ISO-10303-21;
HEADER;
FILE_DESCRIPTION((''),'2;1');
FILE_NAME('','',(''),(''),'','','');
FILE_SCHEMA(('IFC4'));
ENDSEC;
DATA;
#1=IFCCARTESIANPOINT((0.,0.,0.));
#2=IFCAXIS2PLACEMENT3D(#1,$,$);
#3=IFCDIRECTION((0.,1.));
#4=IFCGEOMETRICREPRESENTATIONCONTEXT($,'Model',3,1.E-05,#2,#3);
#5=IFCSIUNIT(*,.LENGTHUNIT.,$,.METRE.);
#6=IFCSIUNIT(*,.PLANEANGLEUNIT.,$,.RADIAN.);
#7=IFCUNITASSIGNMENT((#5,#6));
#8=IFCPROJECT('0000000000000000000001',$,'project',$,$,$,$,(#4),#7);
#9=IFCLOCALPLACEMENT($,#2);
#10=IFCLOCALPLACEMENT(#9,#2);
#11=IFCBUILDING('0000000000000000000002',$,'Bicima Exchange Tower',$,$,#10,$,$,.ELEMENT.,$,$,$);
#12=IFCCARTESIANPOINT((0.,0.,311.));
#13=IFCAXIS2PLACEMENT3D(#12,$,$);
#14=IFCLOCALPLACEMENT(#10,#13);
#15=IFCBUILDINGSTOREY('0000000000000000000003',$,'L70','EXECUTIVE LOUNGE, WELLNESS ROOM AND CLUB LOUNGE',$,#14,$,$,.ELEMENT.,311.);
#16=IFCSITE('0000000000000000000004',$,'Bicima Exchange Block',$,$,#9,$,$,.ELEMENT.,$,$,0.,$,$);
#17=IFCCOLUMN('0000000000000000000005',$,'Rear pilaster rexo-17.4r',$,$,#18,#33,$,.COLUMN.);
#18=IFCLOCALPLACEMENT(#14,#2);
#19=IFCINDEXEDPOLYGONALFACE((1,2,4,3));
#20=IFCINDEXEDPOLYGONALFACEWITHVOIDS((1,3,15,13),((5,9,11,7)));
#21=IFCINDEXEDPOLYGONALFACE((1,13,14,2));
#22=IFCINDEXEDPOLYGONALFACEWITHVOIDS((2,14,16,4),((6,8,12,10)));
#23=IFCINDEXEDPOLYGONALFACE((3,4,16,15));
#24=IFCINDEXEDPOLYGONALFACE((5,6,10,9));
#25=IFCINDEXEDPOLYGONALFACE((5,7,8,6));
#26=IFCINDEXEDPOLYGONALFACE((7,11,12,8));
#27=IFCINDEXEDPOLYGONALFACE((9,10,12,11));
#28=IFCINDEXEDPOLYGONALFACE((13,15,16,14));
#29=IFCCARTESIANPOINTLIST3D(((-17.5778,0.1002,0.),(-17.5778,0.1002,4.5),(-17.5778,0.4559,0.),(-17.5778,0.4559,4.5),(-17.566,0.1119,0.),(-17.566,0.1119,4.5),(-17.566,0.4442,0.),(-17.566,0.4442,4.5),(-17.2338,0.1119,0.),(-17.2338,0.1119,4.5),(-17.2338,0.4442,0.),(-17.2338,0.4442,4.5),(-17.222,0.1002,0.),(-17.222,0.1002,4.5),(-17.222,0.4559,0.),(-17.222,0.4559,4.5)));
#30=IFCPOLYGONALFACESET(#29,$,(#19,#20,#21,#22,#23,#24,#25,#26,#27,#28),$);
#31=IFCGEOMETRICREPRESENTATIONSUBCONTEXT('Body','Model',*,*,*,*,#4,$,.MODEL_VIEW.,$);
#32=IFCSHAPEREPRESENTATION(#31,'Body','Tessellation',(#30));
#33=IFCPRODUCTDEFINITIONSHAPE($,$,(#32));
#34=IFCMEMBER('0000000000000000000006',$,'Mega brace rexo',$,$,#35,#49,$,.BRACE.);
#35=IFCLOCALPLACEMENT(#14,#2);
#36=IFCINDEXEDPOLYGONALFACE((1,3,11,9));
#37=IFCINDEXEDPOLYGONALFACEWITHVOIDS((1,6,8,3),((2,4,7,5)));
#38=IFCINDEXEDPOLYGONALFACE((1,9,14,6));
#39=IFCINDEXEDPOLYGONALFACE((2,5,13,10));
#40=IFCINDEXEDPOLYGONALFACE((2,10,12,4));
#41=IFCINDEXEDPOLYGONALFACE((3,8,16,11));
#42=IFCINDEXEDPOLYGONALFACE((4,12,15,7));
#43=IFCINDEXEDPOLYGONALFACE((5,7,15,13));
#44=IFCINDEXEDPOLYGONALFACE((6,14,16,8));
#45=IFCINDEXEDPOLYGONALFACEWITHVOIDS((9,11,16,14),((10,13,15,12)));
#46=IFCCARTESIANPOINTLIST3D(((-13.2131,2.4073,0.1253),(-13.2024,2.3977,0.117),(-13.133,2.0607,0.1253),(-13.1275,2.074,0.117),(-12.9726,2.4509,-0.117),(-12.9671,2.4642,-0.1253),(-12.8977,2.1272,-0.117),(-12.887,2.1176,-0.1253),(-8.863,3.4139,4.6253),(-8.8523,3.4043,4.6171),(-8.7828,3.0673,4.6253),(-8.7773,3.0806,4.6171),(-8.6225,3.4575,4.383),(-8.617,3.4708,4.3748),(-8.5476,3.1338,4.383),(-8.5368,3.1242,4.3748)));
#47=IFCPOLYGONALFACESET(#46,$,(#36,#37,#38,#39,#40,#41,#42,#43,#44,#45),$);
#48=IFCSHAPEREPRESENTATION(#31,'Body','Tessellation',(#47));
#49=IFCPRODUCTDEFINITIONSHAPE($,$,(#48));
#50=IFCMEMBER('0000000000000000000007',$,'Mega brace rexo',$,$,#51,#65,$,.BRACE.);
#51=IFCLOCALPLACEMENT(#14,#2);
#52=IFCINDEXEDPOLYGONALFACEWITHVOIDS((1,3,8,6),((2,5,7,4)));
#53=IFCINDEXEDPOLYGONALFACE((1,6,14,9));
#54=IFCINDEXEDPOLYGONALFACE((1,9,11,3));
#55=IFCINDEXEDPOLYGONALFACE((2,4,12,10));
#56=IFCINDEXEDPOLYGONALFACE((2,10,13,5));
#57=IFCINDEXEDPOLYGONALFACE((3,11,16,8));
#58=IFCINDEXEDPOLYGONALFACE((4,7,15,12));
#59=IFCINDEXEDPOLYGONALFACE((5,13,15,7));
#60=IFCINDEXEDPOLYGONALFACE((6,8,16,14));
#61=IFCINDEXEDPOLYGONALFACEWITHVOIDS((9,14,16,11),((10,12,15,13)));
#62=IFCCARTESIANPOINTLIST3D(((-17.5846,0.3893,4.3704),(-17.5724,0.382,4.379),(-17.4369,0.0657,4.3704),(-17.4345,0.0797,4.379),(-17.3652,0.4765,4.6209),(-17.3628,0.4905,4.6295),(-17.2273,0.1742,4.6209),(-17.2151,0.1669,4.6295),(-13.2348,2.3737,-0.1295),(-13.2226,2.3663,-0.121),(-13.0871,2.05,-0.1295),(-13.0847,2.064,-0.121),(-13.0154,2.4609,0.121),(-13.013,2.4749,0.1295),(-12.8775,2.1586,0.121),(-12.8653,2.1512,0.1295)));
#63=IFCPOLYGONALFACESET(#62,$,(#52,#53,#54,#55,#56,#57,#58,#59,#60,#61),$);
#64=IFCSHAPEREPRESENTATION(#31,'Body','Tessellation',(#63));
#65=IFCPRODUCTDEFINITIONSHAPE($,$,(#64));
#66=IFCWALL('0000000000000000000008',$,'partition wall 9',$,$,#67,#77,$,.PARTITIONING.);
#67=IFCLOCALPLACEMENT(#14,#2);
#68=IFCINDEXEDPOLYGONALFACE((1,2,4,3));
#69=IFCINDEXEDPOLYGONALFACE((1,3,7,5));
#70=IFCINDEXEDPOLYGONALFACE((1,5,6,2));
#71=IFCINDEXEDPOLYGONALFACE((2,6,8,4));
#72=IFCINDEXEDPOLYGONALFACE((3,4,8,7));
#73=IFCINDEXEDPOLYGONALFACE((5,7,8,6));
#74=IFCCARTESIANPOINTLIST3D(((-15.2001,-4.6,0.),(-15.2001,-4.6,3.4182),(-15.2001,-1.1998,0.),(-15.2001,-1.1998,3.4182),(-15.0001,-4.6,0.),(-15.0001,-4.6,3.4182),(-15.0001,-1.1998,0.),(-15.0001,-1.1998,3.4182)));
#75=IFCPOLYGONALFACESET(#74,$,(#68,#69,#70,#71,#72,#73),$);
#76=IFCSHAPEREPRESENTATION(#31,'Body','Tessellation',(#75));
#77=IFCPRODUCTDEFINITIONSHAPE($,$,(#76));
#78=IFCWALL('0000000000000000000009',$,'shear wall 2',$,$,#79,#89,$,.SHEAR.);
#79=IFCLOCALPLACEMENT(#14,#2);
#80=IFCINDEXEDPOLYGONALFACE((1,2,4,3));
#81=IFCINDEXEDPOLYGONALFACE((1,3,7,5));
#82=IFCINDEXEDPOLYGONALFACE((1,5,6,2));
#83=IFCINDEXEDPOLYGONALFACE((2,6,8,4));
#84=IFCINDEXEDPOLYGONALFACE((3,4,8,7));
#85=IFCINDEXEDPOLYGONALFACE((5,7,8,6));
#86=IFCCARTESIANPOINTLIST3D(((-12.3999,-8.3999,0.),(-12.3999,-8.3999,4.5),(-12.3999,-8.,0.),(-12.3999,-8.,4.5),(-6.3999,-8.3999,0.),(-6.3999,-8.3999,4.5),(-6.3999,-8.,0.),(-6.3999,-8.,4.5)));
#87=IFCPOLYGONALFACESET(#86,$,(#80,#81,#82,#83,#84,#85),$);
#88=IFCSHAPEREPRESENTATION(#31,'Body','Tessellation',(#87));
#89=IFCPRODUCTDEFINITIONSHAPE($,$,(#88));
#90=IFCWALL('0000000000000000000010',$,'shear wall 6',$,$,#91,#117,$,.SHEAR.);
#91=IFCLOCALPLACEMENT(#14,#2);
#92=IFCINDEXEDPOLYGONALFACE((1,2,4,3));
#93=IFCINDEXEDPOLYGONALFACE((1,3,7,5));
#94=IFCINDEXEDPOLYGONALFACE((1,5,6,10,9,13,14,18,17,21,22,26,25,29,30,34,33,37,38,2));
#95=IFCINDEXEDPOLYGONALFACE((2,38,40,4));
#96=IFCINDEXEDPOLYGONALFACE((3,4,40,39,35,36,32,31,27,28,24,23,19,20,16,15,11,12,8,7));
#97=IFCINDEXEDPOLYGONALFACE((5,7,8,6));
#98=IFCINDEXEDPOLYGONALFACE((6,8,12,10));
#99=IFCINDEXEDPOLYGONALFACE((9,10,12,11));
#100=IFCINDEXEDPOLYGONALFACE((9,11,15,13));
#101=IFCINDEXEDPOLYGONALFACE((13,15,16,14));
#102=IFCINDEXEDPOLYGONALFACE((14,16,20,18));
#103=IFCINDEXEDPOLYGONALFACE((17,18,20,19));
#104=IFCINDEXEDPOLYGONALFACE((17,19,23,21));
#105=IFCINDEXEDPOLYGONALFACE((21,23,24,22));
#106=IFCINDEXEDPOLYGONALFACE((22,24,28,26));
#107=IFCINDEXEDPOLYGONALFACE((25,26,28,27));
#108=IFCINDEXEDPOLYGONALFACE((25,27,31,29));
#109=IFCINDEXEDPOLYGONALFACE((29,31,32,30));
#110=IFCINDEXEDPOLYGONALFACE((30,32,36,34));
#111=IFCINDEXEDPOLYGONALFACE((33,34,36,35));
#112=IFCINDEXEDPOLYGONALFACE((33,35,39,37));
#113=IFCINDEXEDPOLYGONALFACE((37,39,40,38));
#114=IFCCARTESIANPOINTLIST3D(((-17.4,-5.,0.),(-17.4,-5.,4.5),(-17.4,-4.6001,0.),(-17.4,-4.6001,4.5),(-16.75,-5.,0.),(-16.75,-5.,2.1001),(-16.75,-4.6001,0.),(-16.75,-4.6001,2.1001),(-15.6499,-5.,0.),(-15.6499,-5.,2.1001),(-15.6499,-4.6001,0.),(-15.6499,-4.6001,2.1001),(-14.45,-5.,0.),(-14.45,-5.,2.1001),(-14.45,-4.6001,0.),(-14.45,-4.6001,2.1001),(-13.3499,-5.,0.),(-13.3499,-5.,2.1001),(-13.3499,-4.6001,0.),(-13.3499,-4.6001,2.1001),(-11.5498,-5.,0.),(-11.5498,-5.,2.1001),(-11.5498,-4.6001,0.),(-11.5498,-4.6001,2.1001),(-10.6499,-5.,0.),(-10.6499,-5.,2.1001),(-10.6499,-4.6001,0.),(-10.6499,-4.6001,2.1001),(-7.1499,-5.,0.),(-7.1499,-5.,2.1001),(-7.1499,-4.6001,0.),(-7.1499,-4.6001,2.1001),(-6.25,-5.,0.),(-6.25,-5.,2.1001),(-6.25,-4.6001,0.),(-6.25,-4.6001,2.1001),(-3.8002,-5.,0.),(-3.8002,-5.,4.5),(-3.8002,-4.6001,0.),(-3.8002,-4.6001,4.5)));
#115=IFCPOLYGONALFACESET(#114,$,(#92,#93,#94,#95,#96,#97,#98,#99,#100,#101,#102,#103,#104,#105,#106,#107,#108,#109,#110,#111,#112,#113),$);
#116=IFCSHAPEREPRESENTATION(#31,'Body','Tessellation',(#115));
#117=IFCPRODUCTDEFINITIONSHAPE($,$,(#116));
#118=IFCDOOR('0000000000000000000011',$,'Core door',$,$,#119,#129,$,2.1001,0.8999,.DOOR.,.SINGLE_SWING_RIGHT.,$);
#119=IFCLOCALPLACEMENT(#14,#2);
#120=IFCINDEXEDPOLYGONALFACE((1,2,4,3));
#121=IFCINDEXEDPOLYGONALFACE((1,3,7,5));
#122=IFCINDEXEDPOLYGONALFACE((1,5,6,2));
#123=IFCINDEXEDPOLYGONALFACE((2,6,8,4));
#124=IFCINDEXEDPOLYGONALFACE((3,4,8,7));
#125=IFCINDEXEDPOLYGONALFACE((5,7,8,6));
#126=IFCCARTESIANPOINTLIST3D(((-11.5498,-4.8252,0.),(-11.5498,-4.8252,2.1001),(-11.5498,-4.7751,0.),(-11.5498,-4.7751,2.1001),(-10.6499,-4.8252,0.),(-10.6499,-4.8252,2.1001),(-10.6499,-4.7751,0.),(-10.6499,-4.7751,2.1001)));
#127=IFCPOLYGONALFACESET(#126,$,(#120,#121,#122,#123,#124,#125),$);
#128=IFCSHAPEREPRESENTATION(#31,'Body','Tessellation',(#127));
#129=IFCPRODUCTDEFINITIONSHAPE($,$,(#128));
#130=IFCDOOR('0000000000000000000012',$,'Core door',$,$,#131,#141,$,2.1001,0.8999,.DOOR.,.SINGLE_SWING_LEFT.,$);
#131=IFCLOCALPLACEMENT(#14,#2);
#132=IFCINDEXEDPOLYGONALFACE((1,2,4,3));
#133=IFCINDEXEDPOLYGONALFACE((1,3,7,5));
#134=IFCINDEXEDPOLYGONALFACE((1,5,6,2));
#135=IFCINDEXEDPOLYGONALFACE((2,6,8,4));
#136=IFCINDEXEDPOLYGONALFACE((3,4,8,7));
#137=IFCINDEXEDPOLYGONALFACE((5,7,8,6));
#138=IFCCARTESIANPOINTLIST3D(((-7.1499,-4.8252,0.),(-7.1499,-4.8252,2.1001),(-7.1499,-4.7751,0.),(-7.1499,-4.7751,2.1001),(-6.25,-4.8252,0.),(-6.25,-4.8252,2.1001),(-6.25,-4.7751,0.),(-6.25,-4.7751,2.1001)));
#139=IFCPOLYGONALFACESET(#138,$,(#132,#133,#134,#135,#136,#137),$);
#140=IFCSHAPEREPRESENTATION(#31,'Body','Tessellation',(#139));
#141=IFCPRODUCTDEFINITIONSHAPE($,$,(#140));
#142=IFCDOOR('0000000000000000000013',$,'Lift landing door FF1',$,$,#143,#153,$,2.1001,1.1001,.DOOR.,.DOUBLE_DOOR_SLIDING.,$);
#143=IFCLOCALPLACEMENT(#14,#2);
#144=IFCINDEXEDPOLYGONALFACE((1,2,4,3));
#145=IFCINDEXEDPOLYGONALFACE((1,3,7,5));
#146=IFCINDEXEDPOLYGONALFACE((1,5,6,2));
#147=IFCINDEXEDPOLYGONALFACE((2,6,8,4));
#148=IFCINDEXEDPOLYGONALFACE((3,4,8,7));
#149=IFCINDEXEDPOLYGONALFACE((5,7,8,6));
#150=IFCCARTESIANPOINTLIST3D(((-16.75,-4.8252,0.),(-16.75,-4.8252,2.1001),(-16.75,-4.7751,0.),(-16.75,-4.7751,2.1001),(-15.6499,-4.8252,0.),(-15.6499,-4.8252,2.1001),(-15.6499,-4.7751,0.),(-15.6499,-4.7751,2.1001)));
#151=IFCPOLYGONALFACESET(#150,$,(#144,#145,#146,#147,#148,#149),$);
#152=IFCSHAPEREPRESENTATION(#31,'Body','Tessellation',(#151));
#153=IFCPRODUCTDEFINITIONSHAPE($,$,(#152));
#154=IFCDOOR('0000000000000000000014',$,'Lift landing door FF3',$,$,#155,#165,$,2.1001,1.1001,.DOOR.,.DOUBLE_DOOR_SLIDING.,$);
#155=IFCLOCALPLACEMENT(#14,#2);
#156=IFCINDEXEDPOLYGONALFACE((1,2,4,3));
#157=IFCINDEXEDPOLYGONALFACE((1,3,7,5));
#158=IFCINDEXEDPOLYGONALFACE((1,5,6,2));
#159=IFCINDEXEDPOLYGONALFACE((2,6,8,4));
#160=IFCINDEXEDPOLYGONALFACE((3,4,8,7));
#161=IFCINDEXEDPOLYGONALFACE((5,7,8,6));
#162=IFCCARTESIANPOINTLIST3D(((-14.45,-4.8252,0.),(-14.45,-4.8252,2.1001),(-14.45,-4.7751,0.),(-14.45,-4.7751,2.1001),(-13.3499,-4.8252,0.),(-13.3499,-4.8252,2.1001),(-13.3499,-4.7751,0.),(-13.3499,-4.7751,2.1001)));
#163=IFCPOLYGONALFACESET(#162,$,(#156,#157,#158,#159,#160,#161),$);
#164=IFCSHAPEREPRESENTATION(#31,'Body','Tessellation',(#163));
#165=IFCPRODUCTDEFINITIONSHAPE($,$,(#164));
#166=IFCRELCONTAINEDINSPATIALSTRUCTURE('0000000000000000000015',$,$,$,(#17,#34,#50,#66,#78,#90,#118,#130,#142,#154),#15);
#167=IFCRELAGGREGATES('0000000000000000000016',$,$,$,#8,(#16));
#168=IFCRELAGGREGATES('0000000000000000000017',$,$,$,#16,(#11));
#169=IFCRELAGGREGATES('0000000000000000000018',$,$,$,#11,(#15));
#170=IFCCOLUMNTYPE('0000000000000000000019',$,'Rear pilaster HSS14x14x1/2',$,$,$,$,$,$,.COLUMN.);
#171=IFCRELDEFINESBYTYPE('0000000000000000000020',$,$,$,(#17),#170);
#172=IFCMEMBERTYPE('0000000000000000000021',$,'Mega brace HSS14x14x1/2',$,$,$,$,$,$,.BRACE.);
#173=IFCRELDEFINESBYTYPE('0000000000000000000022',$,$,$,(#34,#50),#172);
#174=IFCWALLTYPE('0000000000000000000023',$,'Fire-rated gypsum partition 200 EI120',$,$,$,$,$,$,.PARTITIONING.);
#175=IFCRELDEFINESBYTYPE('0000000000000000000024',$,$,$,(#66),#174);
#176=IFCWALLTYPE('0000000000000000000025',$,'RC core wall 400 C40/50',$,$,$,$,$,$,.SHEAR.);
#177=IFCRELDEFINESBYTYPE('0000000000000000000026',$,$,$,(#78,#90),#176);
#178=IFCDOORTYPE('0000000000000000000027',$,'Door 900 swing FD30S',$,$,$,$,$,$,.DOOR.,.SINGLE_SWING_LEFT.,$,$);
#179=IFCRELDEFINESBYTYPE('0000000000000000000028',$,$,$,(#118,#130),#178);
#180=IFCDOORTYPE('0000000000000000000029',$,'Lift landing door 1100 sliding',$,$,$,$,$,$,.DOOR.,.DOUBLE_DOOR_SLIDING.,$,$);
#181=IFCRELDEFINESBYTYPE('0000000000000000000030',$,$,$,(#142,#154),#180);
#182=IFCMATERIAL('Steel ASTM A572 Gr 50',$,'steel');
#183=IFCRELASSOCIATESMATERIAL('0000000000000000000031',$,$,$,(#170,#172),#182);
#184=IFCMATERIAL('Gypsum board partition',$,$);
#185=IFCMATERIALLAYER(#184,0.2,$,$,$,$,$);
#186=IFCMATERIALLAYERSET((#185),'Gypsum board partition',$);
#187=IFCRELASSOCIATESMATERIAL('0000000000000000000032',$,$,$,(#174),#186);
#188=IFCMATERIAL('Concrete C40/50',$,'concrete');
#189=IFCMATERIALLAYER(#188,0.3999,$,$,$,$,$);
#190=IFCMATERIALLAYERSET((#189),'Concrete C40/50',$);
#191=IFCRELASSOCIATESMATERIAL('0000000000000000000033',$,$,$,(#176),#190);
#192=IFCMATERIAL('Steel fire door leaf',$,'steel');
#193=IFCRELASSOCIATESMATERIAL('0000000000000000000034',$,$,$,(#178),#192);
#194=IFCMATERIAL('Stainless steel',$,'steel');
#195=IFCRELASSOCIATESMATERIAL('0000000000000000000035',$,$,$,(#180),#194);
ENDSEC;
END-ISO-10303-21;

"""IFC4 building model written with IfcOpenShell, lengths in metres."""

from ifc_helpers import new_model, si_unit, direction, frame, frame_2d, origin, origin_2d, place, context, subcontext, project, spatial, rectangle, hollow_rectangle, extrude, material, layer, layer_set, material_profile, profile_set, type_object, element, fill, save


model = new_model("IFC4")

# Units and contexts
model_context = context("Model", 3, precision=1e-05, world=origin(), true_north=direction((0.0, 1.0)))
body_context = subcontext(model_context, "Body", "Model", "MODEL_VIEW")
ifc_project = project(units=[si_unit("LENGTHUNIT", "METRE"), si_unit("PLANEANGLEUNIT", "RADIAN")], contexts=[model_context])

# Site, building, storey
site_placement = place(None, origin())
site = spatial("IfcSite", under=ifc_project, at=site_placement, Name="Bicima Exchange Block", CompositionType="ELEMENT", RefElevation=0.0)
building_placement = place(site_placement, origin())
building = spatial("IfcBuilding", under=site, at=building_placement, Name="Bicima Exchange Tower", CompositionType="ELEMENT")
storey_placement = place(building_placement, frame((0.0, 0.0, 311.0)))
storey = spatial("IfcBuildingStorey", under=building, at=storey_placement, Name="L70", Description="EXECUTIVE LOUNGE, WELLNESS ROOM AND CLUB LOUNGE", CompositionType="ELEMENT", Elevation=311.0)

# Column
ifc_material_1 = material(Name="Steel ASTM A572 Gr 50", Category="steel")
ifc_material_profile = material_profile(ifc_material_1, hollow_rectangle(XDim=0.3557, YDim=0.3557, WallThickness=0.0117, at=origin_2d()))
ifc_profile_set = profile_set([ifc_material_profile], Name="Steel ASTM A572 Gr 50")
column_type = type_object("IfcColumnType", Name="Rear pilaster HSS14x14x1/2", PredefinedType="COLUMN", material=ifc_profile_set)
column_placement = place(storey_placement, frame((-17.3999, 0.2781, 0.0), z_axis=(0.0, 0.0, 1.0), x_axis=(1.0, 0.0, 0.0)))
element("IfcColumn", 1, at=column_placement, inside=storey, type_object=column_type, Name="Rear pilaster rexo-17.4r", PredefinedType="COLUMN", context=body_context, shape_type="SweptSolid", body=[
    extrude(hollow_rectangle(XDim=0.3557, YDim=0.3557, WallThickness=0.0117, at=origin_2d()), origin(), (0.0, 0.0, 1.0), 4.5),
])

# Members
member_type = type_object("IfcMemberType", Name="Mega brace HSS14x14x1/2", PredefinedType="BRACE", material=ifc_profile_set)
member_1_placement = place(storey_placement, frame((-13.05, 2.2625, 0.0), z_axis=(0.686212, 0.158786, 0.709859), x_axis=(-0.225439, 0.974257, 0.0)))
element("IfcMember", 2, at=member_1_placement, inside=storey, type_object=member_type, Name="Mega brace rexo", PredefinedType="BRACE", context=body_context, shape_type="SweptSolid", body=[
    extrude(hollow_rectangle(XDim=0.3557, YDim=0.3557, WallThickness=0.0117, at=origin_2d()), origin(), (0.0, 0.0, 1.0), 6.3394),
])
member_2_placement = place(storey_placement, frame((-13.05, 2.2625, 0.0), z_axis=(-0.662508, -0.302232, 0.685376), x_axis=(0.415045, -0.909801, 0.0)))
element("IfcMember", 3, at=member_2_placement, inside=storey, type_object=member_type, Name="Mega brace rexo", PredefinedType="BRACE", context=body_context, shape_type="SweptSolid", body=[
    extrude(hollow_rectangle(XDim=0.3557, YDim=0.3557, WallThickness=0.0117, at=origin_2d()), origin(), (0.0, 0.0, 1.0), 6.5657),
])

# Walls
ifc_material_2 = material(Name="Gypsum board partition")
ifc_layer_1 = layer(ifc_material_2, 0.2)
ifc_layer_set_1 = layer_set([ifc_layer_1], Name="Gypsum board partition")
wall_type_1 = type_object("IfcWallType", Name="Fire-rated gypsum partition 200 EI120", PredefinedType="PARTITIONING", material=ifc_layer_set_1)
wall_1_placement = place(storey_placement, frame((-15.1001, -4.6001, 0.0), z_axis=(0.0, 0.0, 1.0), x_axis=(0.0, 1.0, 0.0)))
element("IfcWall", 4, at=wall_1_placement, inside=storey, type_object=wall_type_1, Name="partition wall 9", PredefinedType="PARTITIONING", context=body_context, shape_type="SweptSolid", body=[
    extrude(rectangle(XDim=3.4001, YDim=0.2, at=frame_2d((1.7002, 0.0))), origin(), (0.0, 0.0, 1.0), 3.4182),
])
ifc_material_3 = material(Name="Concrete C40/50", Category="concrete")
ifc_layer_2 = layer(ifc_material_3, 0.3999)
ifc_layer_set_2 = layer_set([ifc_layer_2], Name="Concrete C40/50")
wall_type_2 = type_object("IfcWallType", Name="RC core wall 400 C40/50", PredefinedType="SHEAR", material=ifc_layer_set_2)
wall_2_placement = place(storey_placement, frame((-12.3999, -8.2, 0.0), z_axis=(0.0, 0.0, 1.0), x_axis=(1.0, 0.0, 0.0)))
element("IfcWall", 5, at=wall_2_placement, inside=storey, type_object=wall_type_2, Name="shear wall 2", PredefinedType="SHEAR", context=body_context, shape_type="SweptSolid", body=[
    extrude(rectangle(XDim=6.0, YDim=0.3999, at=frame_2d((3.0, 0.0))), origin(), (0.0, 0.0, 1.0), 4.5),
])

# Wall, openings, doors
wall_3_placement = place(storey_placement, frame((-17.3999, -4.8, 0.0), z_axis=(0.0, 0.0, 1.0), x_axis=(1.0, 0.0, 0.0)))
wall_3 = element("IfcWall", 6, at=wall_3_placement, inside=storey, type_object=wall_type_2, Name="shear wall 6", PredefinedType="SHEAR", context=body_context, shape_type="SweptSolid", body=[
    extrude(rectangle(XDim=13.5999, YDim=0.3999, at=frame_2d((6.7998, 0.0))), origin(), (0.0, 0.0, 1.0), 4.5),
])
opening_1_placement = place(wall_3_placement, frame((0.6499, 0.0, 0.0)))
opening_1 = element("IfcOpeningElement", 7, at=opening_1_placement, cuts=wall_3, PredefinedType="OPENING", context=body_context, shape_type="SweptSolid", body=[
    extrude(rectangle(XDim=1.1001, YDim=2.1001, at=frame_2d((0.55, 1.05))), frame((0.0, 0.2119, 0.0), z_axis=(0.0, -1.0, 0.0), x_axis=(1.0, 0.0, 0.0)), (0.0, 0.0, 1.0), 0.4238),
])
opening_2_placement = place(wall_3_placement, frame((2.95, 0.0, 0.0)))
opening_2 = element("IfcOpeningElement", 8, at=opening_2_placement, cuts=wall_3, PredefinedType="OPENING", context=body_context, shape_type="SweptSolid", body=[
    extrude(rectangle(XDim=1.1001, YDim=2.1001, at=frame_2d((0.55, 1.05))), frame((0.0, 0.2119, 0.0), z_axis=(0.0, -1.0, 0.0), x_axis=(1.0, 0.0, 0.0)), (0.0, 0.0, 1.0), 0.4238),
])
opening_3_placement = place(wall_3_placement, frame((5.8501, 0.0, 0.0)))
opening_3 = element("IfcOpeningElement", 9, at=opening_3_placement, cuts=wall_3, PredefinedType="OPENING", context=body_context, shape_type="SweptSolid", body=[
    extrude(rectangle(XDim=0.8999, YDim=2.1001, at=frame_2d((0.45, 1.05))), frame((0.0, 0.2119, 0.0), z_axis=(0.0, -1.0, 0.0), x_axis=(1.0, 0.0, 0.0)), (0.0, 0.0, 1.0), 0.4238),
])
opening_4_placement = place(wall_3_placement, frame((10.25, 0.0, 0.0)))
opening_4 = element("IfcOpeningElement", 10, at=opening_4_placement, cuts=wall_3, PredefinedType="OPENING", context=body_context, shape_type="SweptSolid", body=[
    extrude(rectangle(XDim=0.8999, YDim=2.1001, at=frame_2d((0.45, 1.05))), frame((0.0, 0.2119, 0.0), z_axis=(0.0, -1.0, 0.0), x_axis=(1.0, 0.0, 0.0)), (0.0, 0.0, 1.0), 0.4238),
])
ifc_material_4 = material(Name="Steel fire door leaf", Category="steel")
door_type_1 = type_object("IfcDoorType", Name="Door 900 swing FD30S", OperationType="SINGLE_SWING_LEFT", PredefinedType="DOOR", material=ifc_material_4)
door_1_placement = place(opening_3_placement, origin())
door_1 = element("IfcDoor", 11, at=door_1_placement, inside=storey, type_object=door_type_1, Name="Core door", OperationType="SINGLE_SWING_RIGHT", OverallHeight=2.1001, OverallWidth=0.8999, PredefinedType="DOOR", context=body_context, shape_type="SweptSolid", body=[
    extrude(rectangle(XDim=0.8999, YDim=2.1001, at=frame_2d((0.45, 1.05))), frame((0.0, 0.0249, 0.0), z_axis=(0.0, -1.0, 0.0), x_axis=(1.0, 0.0, 0.0)), (0.0, 0.0, 1.0), 0.05),
])
fill(opening_3, door_1)
door_2_placement = place(opening_4_placement, origin())
door_2 = element("IfcDoor", 12, at=door_2_placement, inside=storey, type_object=door_type_1, Name="Core door", OperationType="SINGLE_SWING_LEFT", OverallHeight=2.1001, OverallWidth=0.8999, PredefinedType="DOOR", context=body_context, shape_type="SweptSolid", body=[
    extrude(rectangle(XDim=0.8999, YDim=2.1001, at=frame_2d((0.45, 1.05))), frame((0.0, 0.0249, 0.0), z_axis=(0.0, -1.0, 0.0), x_axis=(1.0, 0.0, 0.0)), (0.0, 0.0, 1.0), 0.05),
])
fill(opening_4, door_2)
ifc_material_5 = material(Name="Stainless steel", Category="steel")
door_type_2 = type_object("IfcDoorType", Name="Lift landing door 1100 sliding", OperationType="DOUBLE_DOOR_SLIDING", PredefinedType="DOOR", material=ifc_material_5)
door_3_placement = place(opening_1_placement, origin())
door_3 = element("IfcDoor", 13, at=door_3_placement, inside=storey, type_object=door_type_2, Name="Lift landing door FF1", OperationType="DOUBLE_DOOR_SLIDING", OverallHeight=2.1001, OverallWidth=1.1001, PredefinedType="DOOR", context=body_context, shape_type="SweptSolid", body=[
    extrude(rectangle(XDim=1.1001, YDim=2.1001, at=frame_2d((0.55, 1.05))), frame((0.0, 0.0249, 0.0), z_axis=(0.0, -1.0, 0.0), x_axis=(1.0, 0.0, 0.0)), (0.0, 0.0, 1.0), 0.05),
])
fill(opening_1, door_3)
door_4_placement = place(opening_2_placement, origin())
door_4 = element("IfcDoor", 14, at=door_4_placement, inside=storey, type_object=door_type_2, Name="Lift landing door FF3", OperationType="DOUBLE_DOOR_SLIDING", OverallHeight=2.1001, OverallWidth=1.1001, PredefinedType="DOOR", context=body_context, shape_type="SweptSolid", body=[
    extrude(rectangle(XDim=1.1001, YDim=2.1001, at=frame_2d((0.55, 1.05))), frame((0.0, 0.0249, 0.0), z_axis=(0.0, -1.0, 0.0), x_axis=(1.0, 0.0, 0.0)), (0.0, 0.0, 1.0), 0.05),
])
fill(opening_2, door_4)

save(model, "model.ifc")
